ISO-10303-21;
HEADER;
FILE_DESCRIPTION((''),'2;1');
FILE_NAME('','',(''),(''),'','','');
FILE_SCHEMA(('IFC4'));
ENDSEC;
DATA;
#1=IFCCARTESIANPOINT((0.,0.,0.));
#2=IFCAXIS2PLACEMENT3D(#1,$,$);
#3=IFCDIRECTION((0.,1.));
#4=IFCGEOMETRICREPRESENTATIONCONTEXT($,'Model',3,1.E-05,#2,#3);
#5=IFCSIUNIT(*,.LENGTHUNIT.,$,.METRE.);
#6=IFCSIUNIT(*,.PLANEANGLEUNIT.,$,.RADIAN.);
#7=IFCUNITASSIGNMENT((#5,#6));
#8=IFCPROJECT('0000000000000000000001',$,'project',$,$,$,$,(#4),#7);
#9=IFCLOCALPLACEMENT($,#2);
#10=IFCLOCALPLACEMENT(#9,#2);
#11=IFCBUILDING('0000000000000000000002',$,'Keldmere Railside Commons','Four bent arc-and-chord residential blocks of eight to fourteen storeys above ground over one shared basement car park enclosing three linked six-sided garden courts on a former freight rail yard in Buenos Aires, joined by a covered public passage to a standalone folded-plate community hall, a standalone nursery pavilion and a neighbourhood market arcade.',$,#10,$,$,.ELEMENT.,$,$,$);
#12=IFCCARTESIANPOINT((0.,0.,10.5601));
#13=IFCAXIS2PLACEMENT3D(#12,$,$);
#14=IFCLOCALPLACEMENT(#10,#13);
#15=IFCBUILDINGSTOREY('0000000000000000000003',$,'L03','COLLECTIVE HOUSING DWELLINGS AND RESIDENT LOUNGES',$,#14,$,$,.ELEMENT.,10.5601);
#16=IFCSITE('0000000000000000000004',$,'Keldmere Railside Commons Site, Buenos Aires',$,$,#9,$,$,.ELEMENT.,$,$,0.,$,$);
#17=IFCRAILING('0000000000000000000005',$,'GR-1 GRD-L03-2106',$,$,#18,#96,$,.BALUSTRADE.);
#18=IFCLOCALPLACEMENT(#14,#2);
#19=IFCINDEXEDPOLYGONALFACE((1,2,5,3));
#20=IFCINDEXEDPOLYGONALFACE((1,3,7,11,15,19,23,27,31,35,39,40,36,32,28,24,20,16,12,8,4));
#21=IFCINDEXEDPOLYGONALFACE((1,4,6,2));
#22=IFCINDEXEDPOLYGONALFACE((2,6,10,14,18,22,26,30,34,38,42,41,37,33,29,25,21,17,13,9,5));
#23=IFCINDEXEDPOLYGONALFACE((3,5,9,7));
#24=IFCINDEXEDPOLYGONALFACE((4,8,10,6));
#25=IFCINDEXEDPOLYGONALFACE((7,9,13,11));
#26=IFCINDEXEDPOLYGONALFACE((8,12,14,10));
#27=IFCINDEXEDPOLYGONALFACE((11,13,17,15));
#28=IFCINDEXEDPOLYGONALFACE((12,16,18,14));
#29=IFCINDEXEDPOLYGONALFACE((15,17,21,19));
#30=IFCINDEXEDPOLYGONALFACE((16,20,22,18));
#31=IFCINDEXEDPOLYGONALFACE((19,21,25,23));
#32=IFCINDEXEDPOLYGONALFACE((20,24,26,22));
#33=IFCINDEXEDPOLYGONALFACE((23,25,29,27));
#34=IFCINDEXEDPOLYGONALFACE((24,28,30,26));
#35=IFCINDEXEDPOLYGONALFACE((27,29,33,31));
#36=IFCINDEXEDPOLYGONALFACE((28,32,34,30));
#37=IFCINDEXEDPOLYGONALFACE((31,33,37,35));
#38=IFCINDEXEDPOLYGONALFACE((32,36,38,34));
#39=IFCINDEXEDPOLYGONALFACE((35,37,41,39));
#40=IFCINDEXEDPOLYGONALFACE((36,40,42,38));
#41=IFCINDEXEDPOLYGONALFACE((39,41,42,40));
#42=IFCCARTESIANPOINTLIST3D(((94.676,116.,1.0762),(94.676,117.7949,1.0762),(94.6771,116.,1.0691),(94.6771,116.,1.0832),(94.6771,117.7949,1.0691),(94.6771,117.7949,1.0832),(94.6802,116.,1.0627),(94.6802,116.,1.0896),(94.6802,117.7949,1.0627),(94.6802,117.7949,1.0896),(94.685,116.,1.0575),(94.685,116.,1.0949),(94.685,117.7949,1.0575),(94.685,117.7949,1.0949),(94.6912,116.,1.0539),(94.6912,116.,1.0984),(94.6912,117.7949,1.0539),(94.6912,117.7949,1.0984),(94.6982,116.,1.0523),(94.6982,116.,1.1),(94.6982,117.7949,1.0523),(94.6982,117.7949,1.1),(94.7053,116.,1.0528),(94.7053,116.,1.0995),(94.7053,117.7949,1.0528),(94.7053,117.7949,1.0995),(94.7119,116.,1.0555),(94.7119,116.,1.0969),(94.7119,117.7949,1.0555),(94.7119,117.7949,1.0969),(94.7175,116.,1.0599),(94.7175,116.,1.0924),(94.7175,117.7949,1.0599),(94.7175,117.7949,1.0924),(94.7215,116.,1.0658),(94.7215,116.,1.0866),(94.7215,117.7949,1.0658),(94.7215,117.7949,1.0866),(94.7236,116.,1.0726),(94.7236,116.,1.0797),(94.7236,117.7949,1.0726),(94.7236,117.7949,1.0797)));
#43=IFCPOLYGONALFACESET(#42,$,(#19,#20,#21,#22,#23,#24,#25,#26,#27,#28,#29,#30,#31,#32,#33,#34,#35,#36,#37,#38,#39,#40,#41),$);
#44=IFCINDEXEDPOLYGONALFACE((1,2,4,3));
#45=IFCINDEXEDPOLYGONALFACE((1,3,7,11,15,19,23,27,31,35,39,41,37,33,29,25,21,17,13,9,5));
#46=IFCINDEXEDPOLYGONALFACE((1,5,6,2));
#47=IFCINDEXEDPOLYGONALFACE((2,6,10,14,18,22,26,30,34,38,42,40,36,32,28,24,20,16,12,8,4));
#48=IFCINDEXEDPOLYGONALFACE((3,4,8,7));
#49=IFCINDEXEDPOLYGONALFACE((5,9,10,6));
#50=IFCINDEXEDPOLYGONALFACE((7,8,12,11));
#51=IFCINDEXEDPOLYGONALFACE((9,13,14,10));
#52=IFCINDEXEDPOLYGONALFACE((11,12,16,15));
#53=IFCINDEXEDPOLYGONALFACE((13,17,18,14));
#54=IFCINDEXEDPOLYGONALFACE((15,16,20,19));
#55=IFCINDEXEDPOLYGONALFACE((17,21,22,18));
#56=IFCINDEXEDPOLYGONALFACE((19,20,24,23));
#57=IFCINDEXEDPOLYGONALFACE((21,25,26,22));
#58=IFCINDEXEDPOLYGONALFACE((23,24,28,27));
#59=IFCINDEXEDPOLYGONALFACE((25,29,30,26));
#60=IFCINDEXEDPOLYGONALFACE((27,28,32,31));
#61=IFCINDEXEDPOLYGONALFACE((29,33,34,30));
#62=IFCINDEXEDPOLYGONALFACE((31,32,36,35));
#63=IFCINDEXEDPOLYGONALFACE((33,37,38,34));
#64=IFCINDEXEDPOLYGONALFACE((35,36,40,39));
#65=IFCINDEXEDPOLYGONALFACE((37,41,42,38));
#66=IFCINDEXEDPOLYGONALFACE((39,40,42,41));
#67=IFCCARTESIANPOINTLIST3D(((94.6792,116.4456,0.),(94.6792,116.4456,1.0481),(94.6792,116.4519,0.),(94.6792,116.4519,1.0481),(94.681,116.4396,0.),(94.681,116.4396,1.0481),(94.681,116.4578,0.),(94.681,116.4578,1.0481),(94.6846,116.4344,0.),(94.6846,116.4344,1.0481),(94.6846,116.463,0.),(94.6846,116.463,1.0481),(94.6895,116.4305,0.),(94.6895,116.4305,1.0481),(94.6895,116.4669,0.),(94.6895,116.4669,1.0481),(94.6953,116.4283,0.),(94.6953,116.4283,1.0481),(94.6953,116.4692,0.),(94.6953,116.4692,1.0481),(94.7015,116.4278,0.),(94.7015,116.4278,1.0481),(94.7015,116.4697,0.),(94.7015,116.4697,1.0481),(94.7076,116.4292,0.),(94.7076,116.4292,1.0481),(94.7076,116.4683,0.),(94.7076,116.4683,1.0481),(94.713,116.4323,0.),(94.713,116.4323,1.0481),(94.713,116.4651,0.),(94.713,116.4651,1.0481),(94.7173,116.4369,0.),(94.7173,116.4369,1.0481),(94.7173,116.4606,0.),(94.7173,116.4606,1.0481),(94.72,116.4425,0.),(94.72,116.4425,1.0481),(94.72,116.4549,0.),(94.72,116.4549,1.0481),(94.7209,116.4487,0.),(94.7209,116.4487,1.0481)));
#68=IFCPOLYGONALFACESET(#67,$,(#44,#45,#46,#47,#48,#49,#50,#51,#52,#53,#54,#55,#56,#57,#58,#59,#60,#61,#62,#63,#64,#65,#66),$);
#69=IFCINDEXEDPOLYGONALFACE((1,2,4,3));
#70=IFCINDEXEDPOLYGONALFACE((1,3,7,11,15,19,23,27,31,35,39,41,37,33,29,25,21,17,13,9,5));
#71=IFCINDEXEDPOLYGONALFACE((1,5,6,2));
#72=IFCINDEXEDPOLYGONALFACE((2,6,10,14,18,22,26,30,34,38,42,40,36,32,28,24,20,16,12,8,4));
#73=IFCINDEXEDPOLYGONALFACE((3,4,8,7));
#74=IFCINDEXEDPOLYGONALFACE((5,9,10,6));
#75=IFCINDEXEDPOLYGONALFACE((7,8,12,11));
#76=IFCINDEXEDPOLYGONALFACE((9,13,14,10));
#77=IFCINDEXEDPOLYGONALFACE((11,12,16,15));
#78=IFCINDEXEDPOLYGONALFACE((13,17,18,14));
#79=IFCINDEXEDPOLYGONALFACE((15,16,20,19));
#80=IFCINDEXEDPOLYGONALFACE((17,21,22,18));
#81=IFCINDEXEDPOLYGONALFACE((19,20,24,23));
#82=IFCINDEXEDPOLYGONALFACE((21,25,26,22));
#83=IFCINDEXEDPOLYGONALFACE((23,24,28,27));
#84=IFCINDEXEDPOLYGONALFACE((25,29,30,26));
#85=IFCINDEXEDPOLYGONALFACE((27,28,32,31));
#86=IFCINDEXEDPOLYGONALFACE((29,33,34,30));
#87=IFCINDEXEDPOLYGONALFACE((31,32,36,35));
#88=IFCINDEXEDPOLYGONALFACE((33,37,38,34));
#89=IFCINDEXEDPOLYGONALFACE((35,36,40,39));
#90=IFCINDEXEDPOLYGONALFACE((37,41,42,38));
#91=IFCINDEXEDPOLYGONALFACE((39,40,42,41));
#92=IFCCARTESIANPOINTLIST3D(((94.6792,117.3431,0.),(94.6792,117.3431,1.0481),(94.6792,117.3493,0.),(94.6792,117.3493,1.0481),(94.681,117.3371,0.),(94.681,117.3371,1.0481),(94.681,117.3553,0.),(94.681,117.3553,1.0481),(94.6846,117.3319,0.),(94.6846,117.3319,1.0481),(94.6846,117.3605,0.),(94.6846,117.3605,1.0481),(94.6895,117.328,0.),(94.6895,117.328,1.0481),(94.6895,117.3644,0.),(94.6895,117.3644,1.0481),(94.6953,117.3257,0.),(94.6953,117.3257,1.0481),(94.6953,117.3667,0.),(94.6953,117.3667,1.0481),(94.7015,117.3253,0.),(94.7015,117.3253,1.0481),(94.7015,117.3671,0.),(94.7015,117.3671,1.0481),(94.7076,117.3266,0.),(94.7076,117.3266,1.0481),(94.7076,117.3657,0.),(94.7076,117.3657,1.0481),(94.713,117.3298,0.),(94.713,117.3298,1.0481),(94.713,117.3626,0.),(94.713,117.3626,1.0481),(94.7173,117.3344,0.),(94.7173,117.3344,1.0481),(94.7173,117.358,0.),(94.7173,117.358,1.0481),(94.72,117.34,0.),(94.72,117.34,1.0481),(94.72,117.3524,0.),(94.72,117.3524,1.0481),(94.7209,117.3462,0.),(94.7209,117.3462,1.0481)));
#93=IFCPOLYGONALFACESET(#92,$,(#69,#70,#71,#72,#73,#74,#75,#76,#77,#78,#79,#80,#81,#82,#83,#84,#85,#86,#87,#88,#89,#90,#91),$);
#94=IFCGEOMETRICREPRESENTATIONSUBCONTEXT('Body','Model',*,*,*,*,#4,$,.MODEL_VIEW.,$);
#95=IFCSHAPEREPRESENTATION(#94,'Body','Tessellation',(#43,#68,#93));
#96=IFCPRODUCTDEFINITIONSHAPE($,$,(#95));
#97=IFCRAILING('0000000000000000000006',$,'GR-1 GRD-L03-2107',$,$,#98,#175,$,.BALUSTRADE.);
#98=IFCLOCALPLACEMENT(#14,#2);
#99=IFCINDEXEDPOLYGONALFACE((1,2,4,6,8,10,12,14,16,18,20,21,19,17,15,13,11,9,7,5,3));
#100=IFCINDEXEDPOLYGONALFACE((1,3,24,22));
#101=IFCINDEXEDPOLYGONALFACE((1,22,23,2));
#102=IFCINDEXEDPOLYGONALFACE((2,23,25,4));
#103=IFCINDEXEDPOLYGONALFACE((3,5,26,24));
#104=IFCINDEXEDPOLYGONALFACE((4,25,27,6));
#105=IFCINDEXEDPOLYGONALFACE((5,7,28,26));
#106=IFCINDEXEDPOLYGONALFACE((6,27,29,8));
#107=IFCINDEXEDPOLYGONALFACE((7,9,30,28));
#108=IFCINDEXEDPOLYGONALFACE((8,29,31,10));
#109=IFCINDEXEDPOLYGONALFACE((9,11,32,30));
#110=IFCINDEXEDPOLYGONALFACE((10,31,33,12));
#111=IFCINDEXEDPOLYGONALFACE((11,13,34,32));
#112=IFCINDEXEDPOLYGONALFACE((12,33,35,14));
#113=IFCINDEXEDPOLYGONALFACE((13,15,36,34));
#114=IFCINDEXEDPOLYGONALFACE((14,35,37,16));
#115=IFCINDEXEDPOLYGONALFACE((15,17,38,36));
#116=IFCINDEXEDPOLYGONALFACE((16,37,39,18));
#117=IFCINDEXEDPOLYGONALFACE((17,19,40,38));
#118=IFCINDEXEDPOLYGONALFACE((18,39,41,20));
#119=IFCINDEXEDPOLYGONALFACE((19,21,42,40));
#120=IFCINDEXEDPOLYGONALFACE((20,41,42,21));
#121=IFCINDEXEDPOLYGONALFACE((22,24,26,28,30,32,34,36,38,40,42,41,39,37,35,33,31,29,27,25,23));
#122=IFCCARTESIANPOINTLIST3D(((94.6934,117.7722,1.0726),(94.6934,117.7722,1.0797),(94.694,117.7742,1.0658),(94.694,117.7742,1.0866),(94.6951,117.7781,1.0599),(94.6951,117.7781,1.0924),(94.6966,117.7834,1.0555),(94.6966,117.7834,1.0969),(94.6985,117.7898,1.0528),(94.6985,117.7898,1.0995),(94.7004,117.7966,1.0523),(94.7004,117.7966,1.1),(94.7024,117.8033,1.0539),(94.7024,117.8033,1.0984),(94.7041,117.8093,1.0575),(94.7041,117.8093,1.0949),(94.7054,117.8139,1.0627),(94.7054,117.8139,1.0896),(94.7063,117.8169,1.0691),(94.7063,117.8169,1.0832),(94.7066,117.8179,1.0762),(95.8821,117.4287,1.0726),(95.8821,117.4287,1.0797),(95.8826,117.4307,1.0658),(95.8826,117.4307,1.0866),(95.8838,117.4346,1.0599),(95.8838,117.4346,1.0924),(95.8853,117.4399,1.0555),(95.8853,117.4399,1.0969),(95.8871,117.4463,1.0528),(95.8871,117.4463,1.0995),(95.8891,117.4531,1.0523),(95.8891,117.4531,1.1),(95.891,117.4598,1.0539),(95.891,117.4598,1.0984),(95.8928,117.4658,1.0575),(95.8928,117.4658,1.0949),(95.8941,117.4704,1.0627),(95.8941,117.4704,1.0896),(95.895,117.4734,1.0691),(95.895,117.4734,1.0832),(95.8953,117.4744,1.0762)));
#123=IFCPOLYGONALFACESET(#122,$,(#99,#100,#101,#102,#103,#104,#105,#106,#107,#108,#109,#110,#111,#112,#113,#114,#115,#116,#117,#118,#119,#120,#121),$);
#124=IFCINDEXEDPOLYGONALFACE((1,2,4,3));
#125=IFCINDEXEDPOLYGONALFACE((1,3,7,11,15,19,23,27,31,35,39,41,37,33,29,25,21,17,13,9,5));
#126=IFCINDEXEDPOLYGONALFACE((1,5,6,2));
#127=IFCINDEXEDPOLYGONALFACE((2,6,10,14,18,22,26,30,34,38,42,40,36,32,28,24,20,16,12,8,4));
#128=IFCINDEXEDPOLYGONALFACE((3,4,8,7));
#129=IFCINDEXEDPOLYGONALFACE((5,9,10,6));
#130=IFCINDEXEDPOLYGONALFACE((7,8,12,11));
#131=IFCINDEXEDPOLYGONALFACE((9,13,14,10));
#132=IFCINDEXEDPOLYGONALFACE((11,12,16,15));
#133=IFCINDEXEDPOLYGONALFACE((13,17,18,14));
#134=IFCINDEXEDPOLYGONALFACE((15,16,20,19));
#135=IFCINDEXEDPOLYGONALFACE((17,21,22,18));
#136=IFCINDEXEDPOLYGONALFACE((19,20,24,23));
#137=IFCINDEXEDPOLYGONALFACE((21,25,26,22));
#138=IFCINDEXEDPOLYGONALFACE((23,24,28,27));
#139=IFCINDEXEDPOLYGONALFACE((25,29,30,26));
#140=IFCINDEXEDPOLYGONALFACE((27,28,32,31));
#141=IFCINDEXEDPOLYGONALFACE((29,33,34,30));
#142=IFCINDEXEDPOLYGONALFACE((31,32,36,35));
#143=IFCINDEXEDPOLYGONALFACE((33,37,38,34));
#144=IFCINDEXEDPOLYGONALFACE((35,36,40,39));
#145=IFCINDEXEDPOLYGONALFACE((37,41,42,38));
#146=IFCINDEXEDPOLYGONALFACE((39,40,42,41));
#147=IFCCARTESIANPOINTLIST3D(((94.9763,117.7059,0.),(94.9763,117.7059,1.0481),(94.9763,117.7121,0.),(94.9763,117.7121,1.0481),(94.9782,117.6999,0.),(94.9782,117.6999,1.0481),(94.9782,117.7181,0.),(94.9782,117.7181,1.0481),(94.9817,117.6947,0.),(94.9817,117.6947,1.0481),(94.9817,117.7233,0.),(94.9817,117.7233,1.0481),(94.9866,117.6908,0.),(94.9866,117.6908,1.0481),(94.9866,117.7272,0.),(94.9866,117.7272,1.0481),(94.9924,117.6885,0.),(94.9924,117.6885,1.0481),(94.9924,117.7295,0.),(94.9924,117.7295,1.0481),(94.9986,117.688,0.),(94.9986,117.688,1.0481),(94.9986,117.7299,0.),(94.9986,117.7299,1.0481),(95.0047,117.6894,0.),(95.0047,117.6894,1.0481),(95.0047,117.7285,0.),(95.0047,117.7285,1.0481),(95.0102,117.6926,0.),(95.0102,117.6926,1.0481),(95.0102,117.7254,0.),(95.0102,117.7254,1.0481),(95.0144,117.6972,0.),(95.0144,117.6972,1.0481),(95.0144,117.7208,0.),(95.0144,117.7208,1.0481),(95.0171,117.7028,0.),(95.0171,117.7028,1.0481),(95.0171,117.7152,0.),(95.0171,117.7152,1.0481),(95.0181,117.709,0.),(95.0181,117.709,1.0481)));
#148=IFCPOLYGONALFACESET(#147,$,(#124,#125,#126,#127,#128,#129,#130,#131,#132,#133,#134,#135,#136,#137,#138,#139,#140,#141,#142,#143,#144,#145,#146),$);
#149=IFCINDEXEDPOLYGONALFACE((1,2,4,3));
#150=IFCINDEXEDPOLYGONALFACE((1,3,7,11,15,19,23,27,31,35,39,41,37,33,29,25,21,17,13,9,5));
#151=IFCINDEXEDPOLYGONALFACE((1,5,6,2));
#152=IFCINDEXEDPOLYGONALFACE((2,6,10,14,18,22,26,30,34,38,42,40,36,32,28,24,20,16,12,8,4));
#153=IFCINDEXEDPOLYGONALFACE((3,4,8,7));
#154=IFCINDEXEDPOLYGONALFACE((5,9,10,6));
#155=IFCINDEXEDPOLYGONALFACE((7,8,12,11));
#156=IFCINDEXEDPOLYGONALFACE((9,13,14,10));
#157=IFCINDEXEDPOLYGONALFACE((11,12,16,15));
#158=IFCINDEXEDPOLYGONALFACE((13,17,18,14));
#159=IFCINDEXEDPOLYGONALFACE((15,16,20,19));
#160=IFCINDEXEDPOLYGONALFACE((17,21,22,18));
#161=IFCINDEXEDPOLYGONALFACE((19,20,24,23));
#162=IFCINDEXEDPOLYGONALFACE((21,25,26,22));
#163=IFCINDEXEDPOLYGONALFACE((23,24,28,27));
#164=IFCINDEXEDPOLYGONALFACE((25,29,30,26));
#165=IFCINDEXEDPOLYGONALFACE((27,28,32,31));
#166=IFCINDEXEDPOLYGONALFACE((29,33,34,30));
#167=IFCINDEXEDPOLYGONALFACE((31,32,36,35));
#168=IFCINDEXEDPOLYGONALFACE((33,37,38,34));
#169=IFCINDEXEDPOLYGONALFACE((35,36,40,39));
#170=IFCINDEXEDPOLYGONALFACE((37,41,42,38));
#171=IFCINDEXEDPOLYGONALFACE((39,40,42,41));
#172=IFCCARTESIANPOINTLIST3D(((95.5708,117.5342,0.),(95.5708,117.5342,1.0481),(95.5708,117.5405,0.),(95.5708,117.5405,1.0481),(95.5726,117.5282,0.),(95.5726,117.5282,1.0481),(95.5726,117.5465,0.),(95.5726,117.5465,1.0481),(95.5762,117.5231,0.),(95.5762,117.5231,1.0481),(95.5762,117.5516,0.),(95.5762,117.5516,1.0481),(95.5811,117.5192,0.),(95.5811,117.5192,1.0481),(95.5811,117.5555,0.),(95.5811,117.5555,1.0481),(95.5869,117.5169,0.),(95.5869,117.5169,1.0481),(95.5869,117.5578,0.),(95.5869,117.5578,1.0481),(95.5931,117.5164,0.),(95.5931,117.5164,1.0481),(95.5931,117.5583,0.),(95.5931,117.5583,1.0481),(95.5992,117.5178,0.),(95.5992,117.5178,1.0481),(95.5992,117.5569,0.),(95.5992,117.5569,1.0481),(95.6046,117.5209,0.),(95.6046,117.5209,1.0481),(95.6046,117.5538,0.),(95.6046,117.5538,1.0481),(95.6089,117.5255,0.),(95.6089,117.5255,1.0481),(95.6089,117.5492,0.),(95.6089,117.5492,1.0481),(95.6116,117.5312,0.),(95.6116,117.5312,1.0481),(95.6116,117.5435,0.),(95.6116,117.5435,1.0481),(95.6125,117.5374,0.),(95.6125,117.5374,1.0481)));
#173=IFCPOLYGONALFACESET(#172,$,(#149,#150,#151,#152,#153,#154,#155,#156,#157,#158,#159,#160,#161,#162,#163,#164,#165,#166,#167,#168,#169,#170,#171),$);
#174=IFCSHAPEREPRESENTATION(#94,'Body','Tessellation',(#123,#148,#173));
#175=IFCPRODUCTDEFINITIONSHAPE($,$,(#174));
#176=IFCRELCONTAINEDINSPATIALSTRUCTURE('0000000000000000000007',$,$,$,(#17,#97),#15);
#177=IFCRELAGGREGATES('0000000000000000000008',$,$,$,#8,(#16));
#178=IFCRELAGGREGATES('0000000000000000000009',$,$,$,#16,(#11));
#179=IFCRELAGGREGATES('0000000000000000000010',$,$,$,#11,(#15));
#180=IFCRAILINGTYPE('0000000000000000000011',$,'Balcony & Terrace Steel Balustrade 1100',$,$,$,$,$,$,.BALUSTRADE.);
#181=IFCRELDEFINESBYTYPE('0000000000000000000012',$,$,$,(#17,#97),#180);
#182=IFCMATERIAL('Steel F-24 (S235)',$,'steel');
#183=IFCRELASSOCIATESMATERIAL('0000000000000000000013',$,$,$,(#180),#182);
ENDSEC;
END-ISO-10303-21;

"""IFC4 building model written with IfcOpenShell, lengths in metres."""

from ifc_helpers import new_model, si_unit, direction, frame, origin, origin_2d, place, context, subcontext, project, spatial, circle, extrude, material, type_object, element, save


model = new_model("IFC4")

# Units and contexts
model_context = context("Model", 3, precision=1e-05, world=origin(), true_north=direction((0.0, 1.0)))
body_context = subcontext(model_context, "Body", "Model", "MODEL_VIEW")
ifc_project = project(units=[si_unit("LENGTHUNIT", "METRE"), si_unit("PLANEANGLEUNIT", "RADIAN")], contexts=[model_context])

# Site, building, storey
site_placement = place(None, origin())
site = spatial("IfcSite", under=ifc_project, at=site_placement, Name="Keldmere Railside Commons Site, Buenos Aires", CompositionType="ELEMENT", RefElevation=0.0)
building_placement = place(site_placement, origin())
building = spatial("IfcBuilding", under=site, at=building_placement, Name="Keldmere Railside Commons", Description="Four bent arc-and-chord residential blocks of eight to fourteen storeys above ground over one shared basement car park enclosing three linked six-sided garden courts on a former freight rail yard in Buenos Aires, joined by a covered public passage to a standalone folded-plate community hall, a standalone nursery pavilion and a neighbourhood market arcade.", CompositionType="ELEMENT")
storey_placement = place(building_placement, frame((0.0, 0.0, 10.5601)))
storey = spatial("IfcBuildingStorey", under=building, at=storey_placement, Name="L03", Description="COLLECTIVE HOUSING DWELLINGS AND RESIDENT LOUNGES", CompositionType="ELEMENT", Elevation=10.5601)

# Railings
ifc_material_1 = material(Name="Steel F-24 (S235)", Category="steel")
railing_type = type_object("IfcRailingType", Name="Balcony & Terrace Steel Balustrade 1100", PredefinedType="BALUSTRADE", material=ifc_material_1)
railing_1_placement = place(storey_placement, frame((94.7, 116.0, 0.0)))
element("IfcRailing", 1, at=railing_1_placement, inside=storey, type_object=railing_type, Name="GR-1 GRD-L03-2106", PredefinedType="BALUSTRADE", context=body_context, shape_type="SweptSolid", body=[
    extrude(circle(Radius=0.0239, at=origin_2d()), frame((0.0, 0.0, 1.0762), z_axis=(0.0, 1.0, 0.0), x_axis=(-1.0, 0.0, 0.0)), (0.0, 0.0, 1.0), 1.7949),
    extrude(circle(Radius=0.021, at=origin_2d()), frame((0.0, 0.4487, 0.0)), (0.0, 0.0, 1.0), 1.0481),
    extrude(circle(Radius=0.021, at=origin_2d()), frame((0.0, 1.3462, 0.0)), (0.0, 0.0, 1.0), 1.0481),
])
railing_2_placement = place(storey_placement, frame((94.7, 117.7949, 0.0)))
element("IfcRailing", 2, at=railing_2_placement, inside=storey, type_object=railing_type, Name="GR-1 GRD-L03-2107", PredefinedType="BALUSTRADE", context=body_context, shape_type="SweptSolid", body=[
    extrude(circle(Radius=0.0239, at=origin_2d()), frame((0.0, 0.0, 1.0762), z_axis=(0.960693, -0.277612, 0.0), x_axis=(0.277612, 0.960693, 0.0)), (0.0, 0.0, 1.0), 1.2373),
    extrude(circle(Radius=0.021, at=origin_2d()), frame((0.2971, -0.0859, 0.0)), (0.0, 0.0, 1.0), 1.0481),
    extrude(circle(Radius=0.021, at=origin_2d()), frame((0.8916, -0.2576, 0.0)), (0.0, 0.0, 1.0), 1.0481),
])

save(model, "model.ifc")
